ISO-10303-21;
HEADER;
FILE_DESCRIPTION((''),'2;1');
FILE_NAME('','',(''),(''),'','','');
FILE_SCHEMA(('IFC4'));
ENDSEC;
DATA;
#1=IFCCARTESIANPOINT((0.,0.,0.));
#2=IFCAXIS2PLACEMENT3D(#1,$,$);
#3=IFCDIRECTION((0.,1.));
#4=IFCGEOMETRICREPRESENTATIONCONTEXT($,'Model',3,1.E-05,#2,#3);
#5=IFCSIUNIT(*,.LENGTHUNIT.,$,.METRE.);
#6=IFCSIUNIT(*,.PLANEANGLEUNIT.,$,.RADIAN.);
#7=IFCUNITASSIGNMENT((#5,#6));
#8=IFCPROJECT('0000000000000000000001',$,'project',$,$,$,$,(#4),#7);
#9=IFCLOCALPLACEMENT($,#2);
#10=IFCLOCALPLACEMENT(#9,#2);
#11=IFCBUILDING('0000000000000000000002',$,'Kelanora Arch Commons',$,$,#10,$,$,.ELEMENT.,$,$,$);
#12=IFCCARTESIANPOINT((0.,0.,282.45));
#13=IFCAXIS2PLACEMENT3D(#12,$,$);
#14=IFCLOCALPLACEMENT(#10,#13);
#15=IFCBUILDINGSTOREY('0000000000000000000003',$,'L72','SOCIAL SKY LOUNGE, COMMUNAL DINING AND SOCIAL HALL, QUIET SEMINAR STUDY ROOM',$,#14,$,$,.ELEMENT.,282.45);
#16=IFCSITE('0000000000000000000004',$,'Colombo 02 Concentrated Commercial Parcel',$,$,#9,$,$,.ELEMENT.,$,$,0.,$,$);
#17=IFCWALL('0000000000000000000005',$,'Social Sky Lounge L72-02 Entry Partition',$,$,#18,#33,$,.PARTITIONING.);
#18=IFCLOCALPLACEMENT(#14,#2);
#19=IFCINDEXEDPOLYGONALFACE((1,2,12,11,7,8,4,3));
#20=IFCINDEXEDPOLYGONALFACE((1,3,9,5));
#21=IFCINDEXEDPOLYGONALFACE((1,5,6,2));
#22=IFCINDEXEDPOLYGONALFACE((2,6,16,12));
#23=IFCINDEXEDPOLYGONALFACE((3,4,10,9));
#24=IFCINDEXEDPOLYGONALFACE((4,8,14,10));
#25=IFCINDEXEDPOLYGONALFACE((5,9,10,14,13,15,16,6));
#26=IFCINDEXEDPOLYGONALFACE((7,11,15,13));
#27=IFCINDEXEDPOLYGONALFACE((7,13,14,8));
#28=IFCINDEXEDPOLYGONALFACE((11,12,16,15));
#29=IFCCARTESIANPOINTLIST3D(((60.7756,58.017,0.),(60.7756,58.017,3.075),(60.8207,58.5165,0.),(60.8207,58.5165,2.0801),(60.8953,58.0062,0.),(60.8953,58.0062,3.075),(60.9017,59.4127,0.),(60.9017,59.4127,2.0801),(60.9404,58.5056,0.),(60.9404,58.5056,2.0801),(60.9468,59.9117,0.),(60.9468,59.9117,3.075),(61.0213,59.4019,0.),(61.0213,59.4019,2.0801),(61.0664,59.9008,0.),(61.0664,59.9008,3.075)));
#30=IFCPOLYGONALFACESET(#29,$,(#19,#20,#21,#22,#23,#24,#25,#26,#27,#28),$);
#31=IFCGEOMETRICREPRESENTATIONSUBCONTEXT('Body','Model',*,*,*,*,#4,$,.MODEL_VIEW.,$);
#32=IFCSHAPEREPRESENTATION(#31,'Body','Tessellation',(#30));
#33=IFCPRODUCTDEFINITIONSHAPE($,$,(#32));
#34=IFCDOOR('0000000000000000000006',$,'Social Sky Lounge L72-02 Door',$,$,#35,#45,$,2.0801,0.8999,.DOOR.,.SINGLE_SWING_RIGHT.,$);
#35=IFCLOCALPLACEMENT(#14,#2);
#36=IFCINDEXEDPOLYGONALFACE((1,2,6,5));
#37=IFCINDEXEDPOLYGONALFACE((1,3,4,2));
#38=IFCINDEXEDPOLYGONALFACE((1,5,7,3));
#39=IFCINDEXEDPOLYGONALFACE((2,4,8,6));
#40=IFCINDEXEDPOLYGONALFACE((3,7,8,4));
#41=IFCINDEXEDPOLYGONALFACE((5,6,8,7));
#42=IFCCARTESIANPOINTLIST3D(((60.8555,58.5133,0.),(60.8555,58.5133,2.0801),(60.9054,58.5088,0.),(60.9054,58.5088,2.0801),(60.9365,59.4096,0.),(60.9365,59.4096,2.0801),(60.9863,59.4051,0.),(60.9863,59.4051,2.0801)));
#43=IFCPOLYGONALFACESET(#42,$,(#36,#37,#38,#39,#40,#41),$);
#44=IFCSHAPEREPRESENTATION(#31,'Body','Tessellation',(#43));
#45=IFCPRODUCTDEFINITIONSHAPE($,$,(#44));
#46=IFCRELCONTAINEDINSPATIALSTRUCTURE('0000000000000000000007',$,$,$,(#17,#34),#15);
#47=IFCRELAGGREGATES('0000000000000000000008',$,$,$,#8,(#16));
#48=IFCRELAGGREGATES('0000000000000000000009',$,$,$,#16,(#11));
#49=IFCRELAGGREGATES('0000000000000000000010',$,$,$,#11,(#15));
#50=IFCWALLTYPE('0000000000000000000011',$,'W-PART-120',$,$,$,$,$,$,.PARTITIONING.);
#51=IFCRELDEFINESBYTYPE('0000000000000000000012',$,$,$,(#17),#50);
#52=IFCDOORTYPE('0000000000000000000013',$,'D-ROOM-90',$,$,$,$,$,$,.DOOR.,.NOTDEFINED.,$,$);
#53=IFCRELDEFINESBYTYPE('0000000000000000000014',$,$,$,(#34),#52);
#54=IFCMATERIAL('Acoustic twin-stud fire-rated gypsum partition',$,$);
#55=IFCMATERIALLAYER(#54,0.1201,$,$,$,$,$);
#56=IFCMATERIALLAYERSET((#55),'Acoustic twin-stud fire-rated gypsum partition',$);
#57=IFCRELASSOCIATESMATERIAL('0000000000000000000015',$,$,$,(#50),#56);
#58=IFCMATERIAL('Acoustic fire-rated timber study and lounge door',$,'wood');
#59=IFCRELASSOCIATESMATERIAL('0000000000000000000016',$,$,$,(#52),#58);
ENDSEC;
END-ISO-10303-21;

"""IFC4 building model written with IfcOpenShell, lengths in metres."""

from ifc_helpers import new_model, si_unit, direction, frame, frame_2d, origin, place, context, subcontext, project, spatial, rectangle, extrude, material, layer, layer_set, type_object, element, fill, save


model = new_model("IFC4")

# Units and contexts
model_context = context("Model", 3, precision=1e-05, world=origin(), true_north=direction((0.0, 1.0)))
body_context = subcontext(model_context, "Body", "Model", "MODEL_VIEW")
ifc_project = project(units=[si_unit("LENGTHUNIT", "METRE"), si_unit("PLANEANGLEUNIT", "RADIAN")], contexts=[model_context])

# Site, building, storey
site_placement = place(None, origin())
site = spatial("IfcSite", under=ifc_project, at=site_placement, Name="Colombo 02 Concentrated Commercial Parcel", CompositionType="ELEMENT", RefElevation=0.0)
building_placement = place(site_placement, origin())
building = spatial("IfcBuilding", under=site, at=building_placement, Name="Kelanora Arch Commons", CompositionType="ELEMENT")
storey_placement = place(building_placement, frame((0.0, 0.0, 282.45)))
storey = spatial("IfcBuildingStorey", under=building, at=storey_placement, Name="L72", Description="SOCIAL SKY LOUNGE, COMMUNAL DINING AND SOCIAL HALL, QUIET SEMINAR STUDY ROOM", CompositionType="ELEMENT", Elevation=282.45)

# Wall, opening, door
ifc_material_1 = material(Name="Acoustic twin-stud fire-rated gypsum partition")
ifc_layer_1 = layer(ifc_material_1, 0.1201)
ifc_layer_set_1 = layer_set([ifc_layer_1], Name="Acoustic twin-stud fire-rated gypsum partition")
wall_type_1 = type_object("IfcWallType", Name="W-PART-120", PredefinedType="PARTITIONING", material=ifc_layer_set_1)
wall_1_placement = place(storey_placement, frame((61.0066, 59.9062, 0.0), z_axis=(0.0, 0.0, 1.0), x_axis=(-0.089969, -0.995945, 0.0)))
wall_1 = element("IfcWall", 1, at=wall_1_placement, inside=storey, type_object=wall_type_1, Name="Social Sky Lounge L72-02 Entry Partition", PredefinedType="PARTITIONING", context=body_context, shape_type="SweptSolid", body=[
    extrude(rectangle(XDim=1.9023, YDim=0.1201, at=frame_2d((0.9512, 0.0))), origin(), (0.0, 0.0, 1.0), 3.075),
])
opening_placement = place(wall_1_placement, frame((0.501, 0.0, 0.0)))
opening = element("IfcOpeningElement", 2, at=opening_placement, cuts=wall_1, PredefinedType="OPENING", context=body_context, shape_type="SweptSolid", body=[
    extrude(rectangle(XDim=0.8999, YDim=2.0801, at=frame_2d((0.45, 1.04))), frame((0.0, 0.0701, 0.0), z_axis=(0.0, -1.0, 0.0), x_axis=(1.0, 0.0, 0.0)), (0.0, 0.0, 1.0), 0.1401),
])
ifc_material_2 = material(Name="Acoustic fire-rated timber study and lounge door", Category="wood")
door_type = type_object("IfcDoorType", Name="D-ROOM-90", OperationType="NOTDEFINED", PredefinedType="DOOR", material=ifc_material_2)
door_placement = place(opening_placement, origin())
door = element("IfcDoor", 3, at=door_placement, inside=storey, type_object=door_type, Name="Social Sky Lounge L72-02 Door", OperationType="SINGLE_SWING_RIGHT", OverallHeight=2.0801, OverallWidth=0.8999, PredefinedType="DOOR", context=body_context, shape_type="SweptSolid", body=[
    extrude(rectangle(XDim=0.8999, YDim=2.0801, at=frame_2d((0.45, 1.04))), frame((0.0, 0.0249, 0.0), z_axis=(0.0, -1.0, 0.0), x_axis=(1.0, 0.0, 0.0)), (0.0, 0.0, 1.0), 0.05),
])
fill(opening, door)

save(model, "model.ifc")
